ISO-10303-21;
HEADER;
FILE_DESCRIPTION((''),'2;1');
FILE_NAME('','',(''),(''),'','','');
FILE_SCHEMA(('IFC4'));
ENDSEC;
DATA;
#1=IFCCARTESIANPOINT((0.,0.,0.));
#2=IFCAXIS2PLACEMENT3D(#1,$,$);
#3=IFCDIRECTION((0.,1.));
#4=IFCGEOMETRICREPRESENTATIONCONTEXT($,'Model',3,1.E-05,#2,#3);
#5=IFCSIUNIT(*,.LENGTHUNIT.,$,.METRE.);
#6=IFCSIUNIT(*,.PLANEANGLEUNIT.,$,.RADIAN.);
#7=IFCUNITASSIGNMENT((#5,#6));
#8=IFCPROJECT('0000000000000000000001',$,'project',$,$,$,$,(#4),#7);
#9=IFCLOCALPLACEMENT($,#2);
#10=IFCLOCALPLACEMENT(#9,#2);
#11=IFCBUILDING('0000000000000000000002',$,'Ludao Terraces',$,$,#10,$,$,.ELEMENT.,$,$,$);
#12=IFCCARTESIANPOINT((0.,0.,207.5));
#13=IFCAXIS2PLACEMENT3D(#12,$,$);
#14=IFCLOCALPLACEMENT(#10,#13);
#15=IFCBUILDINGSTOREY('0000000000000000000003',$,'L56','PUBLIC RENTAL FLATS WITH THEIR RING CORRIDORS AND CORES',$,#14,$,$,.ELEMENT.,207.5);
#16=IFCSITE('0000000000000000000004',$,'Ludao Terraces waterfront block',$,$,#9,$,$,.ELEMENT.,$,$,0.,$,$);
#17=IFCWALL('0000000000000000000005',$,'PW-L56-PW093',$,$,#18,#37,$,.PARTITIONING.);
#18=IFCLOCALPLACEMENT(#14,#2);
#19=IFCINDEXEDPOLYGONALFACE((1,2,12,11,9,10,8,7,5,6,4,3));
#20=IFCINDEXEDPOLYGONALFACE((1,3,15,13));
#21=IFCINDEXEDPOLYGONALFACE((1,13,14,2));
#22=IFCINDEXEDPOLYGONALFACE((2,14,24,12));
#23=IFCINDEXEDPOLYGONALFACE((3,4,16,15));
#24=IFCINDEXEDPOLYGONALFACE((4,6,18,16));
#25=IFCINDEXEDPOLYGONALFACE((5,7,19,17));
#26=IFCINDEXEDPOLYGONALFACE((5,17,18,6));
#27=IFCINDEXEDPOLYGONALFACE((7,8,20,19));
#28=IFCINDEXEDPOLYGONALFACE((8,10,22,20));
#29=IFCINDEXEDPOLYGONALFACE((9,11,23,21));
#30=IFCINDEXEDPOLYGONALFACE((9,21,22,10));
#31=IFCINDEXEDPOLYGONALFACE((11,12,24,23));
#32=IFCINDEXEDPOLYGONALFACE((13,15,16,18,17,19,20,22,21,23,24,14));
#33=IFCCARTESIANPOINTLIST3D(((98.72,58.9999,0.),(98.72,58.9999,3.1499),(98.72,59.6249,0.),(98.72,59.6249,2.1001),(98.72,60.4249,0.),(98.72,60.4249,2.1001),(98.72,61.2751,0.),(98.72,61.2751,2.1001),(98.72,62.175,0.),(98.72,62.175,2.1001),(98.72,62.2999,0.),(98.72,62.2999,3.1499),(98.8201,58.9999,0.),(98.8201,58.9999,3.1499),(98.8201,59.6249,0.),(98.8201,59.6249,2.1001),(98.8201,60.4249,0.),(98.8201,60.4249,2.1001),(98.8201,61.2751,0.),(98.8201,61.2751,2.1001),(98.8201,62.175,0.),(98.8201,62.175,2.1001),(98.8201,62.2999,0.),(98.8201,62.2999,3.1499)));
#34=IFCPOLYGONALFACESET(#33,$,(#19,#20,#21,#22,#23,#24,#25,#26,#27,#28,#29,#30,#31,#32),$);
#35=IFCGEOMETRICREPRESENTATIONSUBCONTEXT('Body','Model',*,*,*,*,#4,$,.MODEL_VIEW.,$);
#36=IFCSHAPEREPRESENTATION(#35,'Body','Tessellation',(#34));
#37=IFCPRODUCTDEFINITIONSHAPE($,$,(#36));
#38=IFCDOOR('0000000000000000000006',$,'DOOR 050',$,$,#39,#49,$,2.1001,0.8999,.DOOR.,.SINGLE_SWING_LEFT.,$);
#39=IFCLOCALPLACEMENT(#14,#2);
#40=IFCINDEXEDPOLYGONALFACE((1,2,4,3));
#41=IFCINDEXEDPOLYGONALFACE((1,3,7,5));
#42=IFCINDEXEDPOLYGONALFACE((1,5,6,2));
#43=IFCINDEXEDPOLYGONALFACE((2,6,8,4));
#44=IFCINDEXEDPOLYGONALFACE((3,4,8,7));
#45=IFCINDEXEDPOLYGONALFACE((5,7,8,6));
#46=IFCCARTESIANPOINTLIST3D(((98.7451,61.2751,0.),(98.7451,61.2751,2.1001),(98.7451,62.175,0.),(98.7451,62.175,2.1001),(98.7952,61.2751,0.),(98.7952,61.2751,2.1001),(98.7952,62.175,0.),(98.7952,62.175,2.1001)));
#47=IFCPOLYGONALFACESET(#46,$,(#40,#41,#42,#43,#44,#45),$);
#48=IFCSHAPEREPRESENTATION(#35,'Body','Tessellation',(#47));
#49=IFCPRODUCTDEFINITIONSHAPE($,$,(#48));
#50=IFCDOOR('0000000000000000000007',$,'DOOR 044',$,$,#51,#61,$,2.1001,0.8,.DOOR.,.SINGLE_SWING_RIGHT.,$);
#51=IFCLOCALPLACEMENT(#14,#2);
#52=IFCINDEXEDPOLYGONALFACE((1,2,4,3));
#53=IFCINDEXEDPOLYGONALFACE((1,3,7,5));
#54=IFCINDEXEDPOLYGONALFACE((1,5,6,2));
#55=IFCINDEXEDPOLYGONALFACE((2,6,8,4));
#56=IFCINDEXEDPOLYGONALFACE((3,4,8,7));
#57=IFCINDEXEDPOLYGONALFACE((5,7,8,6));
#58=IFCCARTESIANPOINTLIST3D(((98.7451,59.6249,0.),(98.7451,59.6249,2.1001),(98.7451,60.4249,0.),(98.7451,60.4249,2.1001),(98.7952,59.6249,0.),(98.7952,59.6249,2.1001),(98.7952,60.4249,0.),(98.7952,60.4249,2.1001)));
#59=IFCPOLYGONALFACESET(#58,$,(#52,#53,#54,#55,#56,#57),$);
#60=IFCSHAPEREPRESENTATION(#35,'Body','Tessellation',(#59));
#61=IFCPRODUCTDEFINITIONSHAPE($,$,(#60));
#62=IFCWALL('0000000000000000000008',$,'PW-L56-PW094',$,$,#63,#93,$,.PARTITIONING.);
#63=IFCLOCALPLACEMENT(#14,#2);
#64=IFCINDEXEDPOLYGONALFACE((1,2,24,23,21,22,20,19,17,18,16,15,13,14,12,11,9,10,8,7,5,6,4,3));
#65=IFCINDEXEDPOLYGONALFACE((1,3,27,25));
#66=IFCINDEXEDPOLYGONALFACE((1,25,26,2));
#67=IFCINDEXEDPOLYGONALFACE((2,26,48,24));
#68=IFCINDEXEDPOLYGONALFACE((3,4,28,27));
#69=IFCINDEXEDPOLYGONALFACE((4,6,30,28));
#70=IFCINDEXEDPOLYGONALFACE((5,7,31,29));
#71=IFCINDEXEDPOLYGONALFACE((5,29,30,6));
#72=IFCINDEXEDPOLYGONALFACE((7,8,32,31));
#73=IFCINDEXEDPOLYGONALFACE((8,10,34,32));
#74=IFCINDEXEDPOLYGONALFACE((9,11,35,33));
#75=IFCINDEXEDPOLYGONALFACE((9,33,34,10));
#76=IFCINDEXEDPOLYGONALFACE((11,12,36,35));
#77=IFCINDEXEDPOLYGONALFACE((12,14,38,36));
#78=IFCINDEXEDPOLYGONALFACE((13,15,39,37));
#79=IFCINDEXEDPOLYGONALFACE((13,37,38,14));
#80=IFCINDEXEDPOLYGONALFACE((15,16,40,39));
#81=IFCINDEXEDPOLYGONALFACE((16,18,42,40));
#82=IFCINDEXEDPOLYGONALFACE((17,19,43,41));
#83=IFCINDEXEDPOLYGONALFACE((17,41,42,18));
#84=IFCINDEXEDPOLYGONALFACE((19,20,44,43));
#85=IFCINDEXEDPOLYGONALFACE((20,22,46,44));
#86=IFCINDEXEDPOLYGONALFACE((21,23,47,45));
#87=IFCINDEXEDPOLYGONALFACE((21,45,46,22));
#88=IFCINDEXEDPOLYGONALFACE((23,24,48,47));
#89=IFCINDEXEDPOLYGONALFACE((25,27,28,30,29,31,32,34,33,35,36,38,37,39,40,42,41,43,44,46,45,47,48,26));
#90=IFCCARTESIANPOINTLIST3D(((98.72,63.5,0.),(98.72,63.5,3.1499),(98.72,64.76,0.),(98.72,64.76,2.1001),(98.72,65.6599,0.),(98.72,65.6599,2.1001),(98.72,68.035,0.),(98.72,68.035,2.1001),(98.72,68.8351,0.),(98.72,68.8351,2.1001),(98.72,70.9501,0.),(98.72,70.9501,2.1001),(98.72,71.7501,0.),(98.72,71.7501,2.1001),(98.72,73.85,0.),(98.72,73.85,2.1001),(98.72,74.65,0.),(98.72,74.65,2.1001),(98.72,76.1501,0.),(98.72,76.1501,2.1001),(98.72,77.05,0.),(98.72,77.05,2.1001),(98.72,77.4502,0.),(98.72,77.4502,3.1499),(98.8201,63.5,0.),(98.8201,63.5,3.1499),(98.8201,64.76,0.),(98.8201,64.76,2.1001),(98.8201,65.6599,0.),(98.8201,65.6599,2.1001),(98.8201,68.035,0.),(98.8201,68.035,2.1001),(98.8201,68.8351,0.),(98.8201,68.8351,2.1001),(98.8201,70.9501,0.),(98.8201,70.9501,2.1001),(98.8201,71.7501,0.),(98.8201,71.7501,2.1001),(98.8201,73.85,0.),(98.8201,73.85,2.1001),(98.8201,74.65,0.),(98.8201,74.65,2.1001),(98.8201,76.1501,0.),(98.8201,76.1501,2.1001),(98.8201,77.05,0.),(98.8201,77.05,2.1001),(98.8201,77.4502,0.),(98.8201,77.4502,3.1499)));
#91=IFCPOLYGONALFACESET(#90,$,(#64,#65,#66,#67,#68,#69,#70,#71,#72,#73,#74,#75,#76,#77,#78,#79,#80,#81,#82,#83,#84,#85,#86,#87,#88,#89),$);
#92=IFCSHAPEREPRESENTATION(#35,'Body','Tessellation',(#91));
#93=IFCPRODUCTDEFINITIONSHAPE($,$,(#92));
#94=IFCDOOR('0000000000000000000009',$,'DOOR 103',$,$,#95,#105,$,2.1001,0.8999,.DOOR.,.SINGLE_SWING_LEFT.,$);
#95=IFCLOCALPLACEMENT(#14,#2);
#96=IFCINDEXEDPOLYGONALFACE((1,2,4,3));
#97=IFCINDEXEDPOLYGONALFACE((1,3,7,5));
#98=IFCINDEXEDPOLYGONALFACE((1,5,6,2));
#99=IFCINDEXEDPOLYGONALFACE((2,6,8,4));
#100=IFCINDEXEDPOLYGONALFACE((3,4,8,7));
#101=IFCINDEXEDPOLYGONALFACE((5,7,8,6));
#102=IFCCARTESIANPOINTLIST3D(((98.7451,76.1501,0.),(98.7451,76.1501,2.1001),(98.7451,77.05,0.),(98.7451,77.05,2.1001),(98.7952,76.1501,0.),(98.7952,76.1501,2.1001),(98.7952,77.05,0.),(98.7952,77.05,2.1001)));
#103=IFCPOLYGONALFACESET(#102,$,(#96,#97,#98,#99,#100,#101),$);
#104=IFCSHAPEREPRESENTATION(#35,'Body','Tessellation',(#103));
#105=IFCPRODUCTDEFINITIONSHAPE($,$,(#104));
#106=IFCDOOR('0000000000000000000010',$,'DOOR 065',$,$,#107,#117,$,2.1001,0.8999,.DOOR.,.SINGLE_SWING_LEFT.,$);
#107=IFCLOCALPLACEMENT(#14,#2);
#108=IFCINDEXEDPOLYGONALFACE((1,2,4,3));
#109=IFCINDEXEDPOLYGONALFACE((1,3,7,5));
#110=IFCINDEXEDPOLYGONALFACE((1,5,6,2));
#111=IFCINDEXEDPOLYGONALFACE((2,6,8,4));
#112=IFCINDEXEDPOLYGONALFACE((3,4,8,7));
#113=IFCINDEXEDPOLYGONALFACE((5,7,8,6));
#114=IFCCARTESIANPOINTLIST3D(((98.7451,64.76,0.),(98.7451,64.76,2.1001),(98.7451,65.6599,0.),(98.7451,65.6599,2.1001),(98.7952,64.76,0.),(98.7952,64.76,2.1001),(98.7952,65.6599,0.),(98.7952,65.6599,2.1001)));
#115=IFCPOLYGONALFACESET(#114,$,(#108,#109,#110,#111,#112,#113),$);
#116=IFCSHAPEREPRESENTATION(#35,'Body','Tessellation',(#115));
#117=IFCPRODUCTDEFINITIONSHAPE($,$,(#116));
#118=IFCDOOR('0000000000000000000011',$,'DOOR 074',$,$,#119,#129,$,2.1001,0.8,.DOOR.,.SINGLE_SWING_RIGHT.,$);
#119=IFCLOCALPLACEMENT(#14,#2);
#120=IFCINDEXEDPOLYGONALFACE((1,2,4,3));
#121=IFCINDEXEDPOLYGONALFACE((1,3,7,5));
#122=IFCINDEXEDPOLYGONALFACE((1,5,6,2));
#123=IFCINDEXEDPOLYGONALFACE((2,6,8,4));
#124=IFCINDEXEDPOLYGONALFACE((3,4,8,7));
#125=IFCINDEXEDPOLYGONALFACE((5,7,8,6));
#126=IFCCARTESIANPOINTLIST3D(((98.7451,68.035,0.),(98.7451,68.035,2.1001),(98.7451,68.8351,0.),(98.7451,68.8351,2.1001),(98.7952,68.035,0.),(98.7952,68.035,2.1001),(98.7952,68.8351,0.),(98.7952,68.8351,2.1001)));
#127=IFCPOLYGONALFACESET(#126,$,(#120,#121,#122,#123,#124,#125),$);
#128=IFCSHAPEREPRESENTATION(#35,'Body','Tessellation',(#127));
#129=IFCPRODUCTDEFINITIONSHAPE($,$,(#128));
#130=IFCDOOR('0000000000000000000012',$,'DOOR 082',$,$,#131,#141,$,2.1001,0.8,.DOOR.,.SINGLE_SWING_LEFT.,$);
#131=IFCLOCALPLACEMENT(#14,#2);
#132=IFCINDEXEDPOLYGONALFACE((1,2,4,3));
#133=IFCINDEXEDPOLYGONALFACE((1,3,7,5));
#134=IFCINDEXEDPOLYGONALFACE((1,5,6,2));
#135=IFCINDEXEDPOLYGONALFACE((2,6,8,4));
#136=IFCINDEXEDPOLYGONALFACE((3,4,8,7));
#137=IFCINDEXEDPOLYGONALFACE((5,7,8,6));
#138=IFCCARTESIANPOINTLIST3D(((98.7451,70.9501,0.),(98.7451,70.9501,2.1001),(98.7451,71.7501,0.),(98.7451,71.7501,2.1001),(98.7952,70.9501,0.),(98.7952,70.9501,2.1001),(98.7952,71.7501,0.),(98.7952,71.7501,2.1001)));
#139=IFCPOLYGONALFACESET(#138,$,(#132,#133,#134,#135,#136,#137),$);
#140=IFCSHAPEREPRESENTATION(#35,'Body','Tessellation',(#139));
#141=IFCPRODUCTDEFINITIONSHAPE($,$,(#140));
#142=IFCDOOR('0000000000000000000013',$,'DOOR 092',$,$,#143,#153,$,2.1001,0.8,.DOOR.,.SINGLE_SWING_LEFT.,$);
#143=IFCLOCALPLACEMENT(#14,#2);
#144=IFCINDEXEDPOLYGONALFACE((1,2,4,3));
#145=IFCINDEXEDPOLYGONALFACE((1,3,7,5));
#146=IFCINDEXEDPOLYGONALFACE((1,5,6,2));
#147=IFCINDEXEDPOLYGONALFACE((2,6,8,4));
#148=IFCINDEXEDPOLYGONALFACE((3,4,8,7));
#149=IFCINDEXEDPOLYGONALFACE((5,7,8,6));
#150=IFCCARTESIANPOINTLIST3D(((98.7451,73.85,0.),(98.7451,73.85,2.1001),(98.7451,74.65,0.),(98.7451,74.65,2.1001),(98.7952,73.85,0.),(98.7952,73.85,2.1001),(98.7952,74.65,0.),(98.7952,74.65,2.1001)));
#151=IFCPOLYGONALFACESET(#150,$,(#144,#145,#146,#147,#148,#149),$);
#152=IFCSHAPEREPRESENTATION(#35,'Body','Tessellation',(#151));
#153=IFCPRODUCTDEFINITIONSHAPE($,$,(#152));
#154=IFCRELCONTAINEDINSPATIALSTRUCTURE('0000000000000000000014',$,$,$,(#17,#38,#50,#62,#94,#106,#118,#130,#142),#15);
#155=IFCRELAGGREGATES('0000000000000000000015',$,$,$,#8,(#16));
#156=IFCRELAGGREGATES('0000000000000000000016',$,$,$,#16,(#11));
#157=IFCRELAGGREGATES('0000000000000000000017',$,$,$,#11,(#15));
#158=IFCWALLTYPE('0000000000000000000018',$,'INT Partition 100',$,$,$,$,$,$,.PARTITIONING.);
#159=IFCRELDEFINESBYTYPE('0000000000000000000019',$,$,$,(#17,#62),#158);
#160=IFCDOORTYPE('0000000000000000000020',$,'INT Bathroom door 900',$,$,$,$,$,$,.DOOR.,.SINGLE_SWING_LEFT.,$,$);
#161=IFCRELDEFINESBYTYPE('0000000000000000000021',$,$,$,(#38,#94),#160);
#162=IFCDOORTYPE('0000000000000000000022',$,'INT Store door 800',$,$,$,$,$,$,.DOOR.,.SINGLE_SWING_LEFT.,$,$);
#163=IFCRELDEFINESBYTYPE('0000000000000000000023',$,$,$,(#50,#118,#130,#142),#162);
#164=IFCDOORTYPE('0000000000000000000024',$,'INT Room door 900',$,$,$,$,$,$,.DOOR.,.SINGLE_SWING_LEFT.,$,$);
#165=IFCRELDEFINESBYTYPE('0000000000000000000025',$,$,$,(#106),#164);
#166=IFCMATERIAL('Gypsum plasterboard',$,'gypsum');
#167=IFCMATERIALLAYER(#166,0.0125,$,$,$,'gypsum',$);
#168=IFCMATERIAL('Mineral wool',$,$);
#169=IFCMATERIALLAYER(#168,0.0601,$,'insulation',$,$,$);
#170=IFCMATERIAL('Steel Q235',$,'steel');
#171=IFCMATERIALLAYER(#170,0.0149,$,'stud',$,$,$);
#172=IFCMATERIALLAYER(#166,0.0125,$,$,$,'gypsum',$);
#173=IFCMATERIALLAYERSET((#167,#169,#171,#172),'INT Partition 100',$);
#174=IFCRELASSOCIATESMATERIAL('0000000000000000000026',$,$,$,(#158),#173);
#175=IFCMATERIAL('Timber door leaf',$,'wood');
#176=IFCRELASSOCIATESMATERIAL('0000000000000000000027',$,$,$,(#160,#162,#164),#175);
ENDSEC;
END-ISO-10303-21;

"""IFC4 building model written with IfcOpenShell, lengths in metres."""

from ifc_helpers import new_model, si_unit, direction, frame, frame_2d, origin, place, context, subcontext, project, spatial, rectangle, extrude, material, layer, layer_set, type_object, element, fill, save


model = new_model("IFC4")

# Units and contexts
model_context = context("Model", 3, precision=1e-05, world=origin(), true_north=direction((0.0, 1.0)))
body_context = subcontext(model_context, "Body", "Model", "MODEL_VIEW")
ifc_project = project(units=[si_unit("LENGTHUNIT", "METRE"), si_unit("PLANEANGLEUNIT", "RADIAN")], contexts=[model_context])

# Site, building, storey
site_placement = place(None, origin())
site = spatial("IfcSite", under=ifc_project, at=site_placement, Name="Ludao Terraces waterfront block", CompositionType="ELEMENT", RefElevation=0.0)
building_placement = place(site_placement, origin())
building = spatial("IfcBuilding", under=site, at=building_placement, Name="Ludao Terraces", CompositionType="ELEMENT")
storey_placement = place(building_placement, frame((0.0, 0.0, 207.5)))
storey = spatial("IfcBuildingStorey", under=building, at=storey_placement, Name="L56", Description="PUBLIC RENTAL FLATS WITH THEIR RING CORRIDORS AND CORES", CompositionType="ELEMENT", Elevation=207.5)

# Walls, openings, doors
ifc_material_1 = material(Name="Gypsum plasterboard", Category="gypsum")
ifc_layer_1 = layer(ifc_material_1, 0.0125, Category="gypsum")
ifc_material_2 = material(Name="Mineral wool")
ifc_layer_2 = layer(ifc_material_2, 0.0601, Name="insulation")
ifc_material_3 = material(Name="Steel Q235", Category="steel")
ifc_layer_3 = layer(ifc_material_3, 0.0149, Name="stud")
ifc_layer_4 = layer(ifc_material_1, 0.0125, Category="gypsum")
ifc_layer_set = layer_set([ifc_layer_1, ifc_layer_2, ifc_layer_3, ifc_layer_4], Name="INT Partition 100")
wall_type = type_object("IfcWallType", Name="INT Partition 100", PredefinedType="PARTITIONING", material=ifc_layer_set)
wall_1_placement = place(storey_placement, frame((98.77, 59.0, 0.0), z_axis=(0.0, 0.0, 1.0), x_axis=(0.0, 1.0, 0.0)))
wall_1 = element("IfcWall", 1, at=wall_1_placement, inside=storey, type_object=wall_type, Name="PW-L56-PW093", PredefinedType="PARTITIONING", context=body_context, shape_type="SweptSolid", body=[
    extrude(rectangle(XDim=3.3, YDim=0.1001, at=frame_2d((1.6499, 0.0))), origin(), (0.0, 0.0, 1.0), 3.1499),
])
opening_1_placement = place(wall_1_placement, frame((0.625, 0.0, 0.0)))
opening_1 = element("IfcOpeningElement", 2, at=opening_1_placement, cuts=wall_1, PredefinedType="OPENING", context=body_context, shape_type="SweptSolid", body=[
    extrude(rectangle(XDim=0.8, YDim=2.1001, at=frame_2d((0.3999, 1.05))), frame((0.0, 0.0601, 0.0), z_axis=(0.0, -1.0, 0.0), x_axis=(1.0, 0.0, 0.0)), (0.0, 0.0, 1.0), 0.1201),
])
opening_2_placement = place(wall_1_placement, frame((2.2751, 0.0, 0.0)))
opening_2 = element("IfcOpeningElement", 3, at=opening_2_placement, cuts=wall_1, PredefinedType="OPENING", context=body_context, shape_type="SweptSolid", body=[
    extrude(rectangle(XDim=0.8999, YDim=2.1001, at=frame_2d((0.45, 1.05))), frame((0.0, 0.0601, 0.0), z_axis=(0.0, -1.0, 0.0), x_axis=(1.0, 0.0, 0.0)), (0.0, 0.0, 1.0), 0.1201),
])
ifc_material_4 = material(Name="Timber door leaf", Category="wood")
door_type_1 = type_object("IfcDoorType", Name="INT Bathroom door 900", OperationType="SINGLE_SWING_LEFT", PredefinedType="DOOR", material=ifc_material_4)
door_1_placement = place(opening_2_placement, origin())
door_1 = element("IfcDoor", 4, at=door_1_placement, inside=storey, type_object=door_type_1, Name="DOOR 050", OperationType="SINGLE_SWING_LEFT", OverallHeight=2.1001, OverallWidth=0.8999, PredefinedType="DOOR", context=body_context, shape_type="SweptSolid", body=[
    extrude(rectangle(XDim=0.8999, YDim=2.1001, at=frame_2d((0.45, 1.05))), frame((0.0, 0.0249, 0.0), z_axis=(0.0, -1.0, 0.0), x_axis=(1.0, 0.0, 0.0)), (0.0, 0.0, 1.0), 0.05),
])
fill(opening_2, door_1)
door_type_2 = type_object("IfcDoorType", Name="INT Store door 800", OperationType="SINGLE_SWING_LEFT", PredefinedType="DOOR", material=ifc_material_4)
door_2_placement = place(opening_1_placement, origin())
door_2 = element("IfcDoor", 5, at=door_2_placement, inside=storey, type_object=door_type_2, Name="DOOR 044", OperationType="SINGLE_SWING_RIGHT", OverallHeight=2.1001, OverallWidth=0.8, PredefinedType="DOOR", context=body_context, shape_type="SweptSolid", body=[
    extrude(rectangle(XDim=0.8, YDim=2.1001, at=frame_2d((0.3999, 1.05))), frame((0.0, 0.0249, 0.0), z_axis=(0.0, -1.0, 0.0), x_axis=(1.0, 0.0, 0.0)), (0.0, 0.0, 1.0), 0.05),
])
fill(opening_1, door_2)
wall_2_placement = place(storey_placement, frame((98.77, 63.5, 0.0), z_axis=(0.0, 0.0, 1.0), x_axis=(0.0, 1.0, 0.0)))
wall_2 = element("IfcWall", 6, at=wall_2_placement, inside=storey, type_object=wall_type, Name="PW-L56-PW094", PredefinedType="PARTITIONING", context=body_context, shape_type="SweptSolid", body=[
    extrude(rectangle(XDim=13.9502, YDim=0.1001, at=frame_2d((6.9751, 0.0))), origin(), (0.0, 0.0, 1.0), 3.1499),
])
opening_3_placement = place(wall_2_placement, frame((1.26, 0.0, 0.0)))
opening_3 = element("IfcOpeningElement", 7, at=opening_3_placement, cuts=wall_2, PredefinedType="OPENING", context=body_context, shape_type="SweptSolid", body=[
    extrude(rectangle(XDim=0.8999, YDim=2.1001, at=frame_2d((0.45, 1.05))), frame((0.0, 0.0601, 0.0), z_axis=(0.0, -1.0, 0.0), x_axis=(1.0, 0.0, 0.0)), (0.0, 0.0, 1.0), 0.1201),
])
opening_4_placement = place(wall_2_placement, frame((4.5352, 0.0, 0.0)))
opening_4 = element("IfcOpeningElement", 8, at=opening_4_placement, cuts=wall_2, PredefinedType="OPENING", context=body_context, shape_type="SweptSolid", body=[
    extrude(rectangle(XDim=0.8, YDim=2.1001, at=frame_2d((0.3999, 1.05))), frame((0.0, 0.0601, 0.0), z_axis=(0.0, -1.0, 0.0), x_axis=(1.0, 0.0, 0.0)), (0.0, 0.0, 1.0), 0.1201),
])
opening_5_placement = place(wall_2_placement, frame((7.4502, 0.0, 0.0)))
opening_5 = element("IfcOpeningElement", 9, at=opening_5_placement, cuts=wall_2, PredefinedType="OPENING", context=body_context, shape_type="SweptSolid", body=[
    extrude(rectangle(XDim=0.8, YDim=2.1001, at=frame_2d((0.3999, 1.05))), frame((0.0, 0.0601, 0.0), z_axis=(0.0, -1.0, 0.0), x_axis=(1.0, 0.0, 0.0)), (0.0, 0.0, 1.0), 0.1201),
])
opening_6_placement = place(wall_2_placement, frame((10.3501, 0.0, 0.0)))
opening_6 = element("IfcOpeningElement", 10, at=opening_6_placement, cuts=wall_2, PredefinedType="OPENING", context=body_context, shape_type="SweptSolid", body=[
    extrude(rectangle(XDim=0.8, YDim=2.1001, at=frame_2d((0.3999, 1.05))), frame((0.0, 0.0601, 0.0), z_axis=(0.0, -1.0, 0.0), x_axis=(1.0, 0.0, 0.0)), (0.0, 0.0, 1.0), 0.1201),
])
opening_7_placement = place(wall_2_placement, frame((12.6501, 0.0, 0.0)))
opening_7 = element("IfcOpeningElement", 11, at=opening_7_placement, cuts=wall_2, PredefinedType="OPENING", context=body_context, shape_type="SweptSolid", body=[
    extrude(rectangle(XDim=0.8999, YDim=2.1001, at=frame_2d((0.45, 1.05))), frame((0.0, 0.0601, 0.0), z_axis=(0.0, -1.0, 0.0), x_axis=(1.0, 0.0, 0.0)), (0.0, 0.0, 1.0), 0.1201),
])
door_3_placement = place(opening_7_placement, origin())
door_3 = element("IfcDoor", 12, at=door_3_placement, inside=storey, type_object=door_type_1, Name="DOOR 103", OperationType="SINGLE_SWING_LEFT", OverallHeight=2.1001, OverallWidth=0.8999, PredefinedType="DOOR", context=body_context, shape_type="SweptSolid", body=[
    extrude(rectangle(XDim=0.8999, YDim=2.1001, at=frame_2d((0.45, 1.05))), frame((0.0, 0.0249, 0.0), z_axis=(0.0, -1.0, 0.0), x_axis=(1.0, 0.0, 0.0)), (0.0, 0.0, 1.0), 0.05),
])
fill(opening_7, door_3)
door_type_3 = type_object("IfcDoorType", Name="INT Room door 900", OperationType="SINGLE_SWING_LEFT", PredefinedType="DOOR", material=ifc_material_4)
door_4_placement = place(opening_3_placement, origin())
door_4 = element("IfcDoor", 13, at=door_4_placement, inside=storey, type_object=door_type_3, Name="DOOR 065", OperationType="SINGLE_SWING_LEFT", OverallHeight=2.1001, OverallWidth=0.8999, PredefinedType="DOOR", context=body_context, shape_type="SweptSolid", body=[
    extrude(rectangle(XDim=0.8999, YDim=2.1001, at=frame_2d((0.45, 1.05))), frame((0.0, 0.0249, 0.0), z_axis=(0.0, -1.0, 0.0), x_axis=(1.0, 0.0, 0.0)), (0.0, 0.0, 1.0), 0.05),
])
fill(opening_3, door_4)
door_5_placement = place(opening_4_placement, origin())
door_5 = element("IfcDoor", 14, at=door_5_placement, inside=storey, type_object=door_type_2, Name="DOOR 074", OperationType="SINGLE_SWING_RIGHT", OverallHeight=2.1001, OverallWidth=0.8, PredefinedType="DOOR", context=body_context, shape_type="SweptSolid", body=[
    extrude(rectangle(XDim=0.8, YDim=2.1001, at=frame_2d((0.3999, 1.05))), frame((0.0, 0.0249, 0.0), z_axis=(0.0, -1.0, 0.0), x_axis=(1.0, 0.0, 0.0)), (0.0, 0.0, 1.0), 0.05),
])
fill(opening_4, door_5)
door_6_placement = place(opening_5_placement, origin())
door_6 = element("IfcDoor", 15, at=door_6_placement, inside=storey, type_object=door_type_2, Name="DOOR 082", OperationType="SINGLE_SWING_LEFT", OverallHeight=2.1001, OverallWidth=0.8, PredefinedType="DOOR", context=body_context, shape_type="SweptSolid", body=[
    extrude(rectangle(XDim=0.8, YDim=2.1001, at=frame_2d((0.3999, 1.05))), frame((0.0, 0.0249, 0.0), z_axis=(0.0, -1.0, 0.0), x_axis=(1.0, 0.0, 0.0)), (0.0, 0.0, 1.0), 0.05),
])
fill(opening_5, door_6)
door_7_placement = place(opening_6_placement, origin())
door_7 = element("IfcDoor", 16, at=door_7_placement, inside=storey, type_object=door_type_2, Name="DOOR 092", OperationType="SINGLE_SWING_LEFT", OverallHeight=2.1001, OverallWidth=0.8, PredefinedType="DOOR", context=body_context, shape_type="SweptSolid", body=[
    extrude(rectangle(XDim=0.8, YDim=2.1001, at=frame_2d((0.3999, 1.05))), frame((0.0, 0.0249, 0.0), z_axis=(0.0, -1.0, 0.0), x_axis=(1.0, 0.0, 0.0)), (0.0, 0.0, 1.0), 0.05),
])
fill(opening_6, door_7)

save(model, "model.ifc")
